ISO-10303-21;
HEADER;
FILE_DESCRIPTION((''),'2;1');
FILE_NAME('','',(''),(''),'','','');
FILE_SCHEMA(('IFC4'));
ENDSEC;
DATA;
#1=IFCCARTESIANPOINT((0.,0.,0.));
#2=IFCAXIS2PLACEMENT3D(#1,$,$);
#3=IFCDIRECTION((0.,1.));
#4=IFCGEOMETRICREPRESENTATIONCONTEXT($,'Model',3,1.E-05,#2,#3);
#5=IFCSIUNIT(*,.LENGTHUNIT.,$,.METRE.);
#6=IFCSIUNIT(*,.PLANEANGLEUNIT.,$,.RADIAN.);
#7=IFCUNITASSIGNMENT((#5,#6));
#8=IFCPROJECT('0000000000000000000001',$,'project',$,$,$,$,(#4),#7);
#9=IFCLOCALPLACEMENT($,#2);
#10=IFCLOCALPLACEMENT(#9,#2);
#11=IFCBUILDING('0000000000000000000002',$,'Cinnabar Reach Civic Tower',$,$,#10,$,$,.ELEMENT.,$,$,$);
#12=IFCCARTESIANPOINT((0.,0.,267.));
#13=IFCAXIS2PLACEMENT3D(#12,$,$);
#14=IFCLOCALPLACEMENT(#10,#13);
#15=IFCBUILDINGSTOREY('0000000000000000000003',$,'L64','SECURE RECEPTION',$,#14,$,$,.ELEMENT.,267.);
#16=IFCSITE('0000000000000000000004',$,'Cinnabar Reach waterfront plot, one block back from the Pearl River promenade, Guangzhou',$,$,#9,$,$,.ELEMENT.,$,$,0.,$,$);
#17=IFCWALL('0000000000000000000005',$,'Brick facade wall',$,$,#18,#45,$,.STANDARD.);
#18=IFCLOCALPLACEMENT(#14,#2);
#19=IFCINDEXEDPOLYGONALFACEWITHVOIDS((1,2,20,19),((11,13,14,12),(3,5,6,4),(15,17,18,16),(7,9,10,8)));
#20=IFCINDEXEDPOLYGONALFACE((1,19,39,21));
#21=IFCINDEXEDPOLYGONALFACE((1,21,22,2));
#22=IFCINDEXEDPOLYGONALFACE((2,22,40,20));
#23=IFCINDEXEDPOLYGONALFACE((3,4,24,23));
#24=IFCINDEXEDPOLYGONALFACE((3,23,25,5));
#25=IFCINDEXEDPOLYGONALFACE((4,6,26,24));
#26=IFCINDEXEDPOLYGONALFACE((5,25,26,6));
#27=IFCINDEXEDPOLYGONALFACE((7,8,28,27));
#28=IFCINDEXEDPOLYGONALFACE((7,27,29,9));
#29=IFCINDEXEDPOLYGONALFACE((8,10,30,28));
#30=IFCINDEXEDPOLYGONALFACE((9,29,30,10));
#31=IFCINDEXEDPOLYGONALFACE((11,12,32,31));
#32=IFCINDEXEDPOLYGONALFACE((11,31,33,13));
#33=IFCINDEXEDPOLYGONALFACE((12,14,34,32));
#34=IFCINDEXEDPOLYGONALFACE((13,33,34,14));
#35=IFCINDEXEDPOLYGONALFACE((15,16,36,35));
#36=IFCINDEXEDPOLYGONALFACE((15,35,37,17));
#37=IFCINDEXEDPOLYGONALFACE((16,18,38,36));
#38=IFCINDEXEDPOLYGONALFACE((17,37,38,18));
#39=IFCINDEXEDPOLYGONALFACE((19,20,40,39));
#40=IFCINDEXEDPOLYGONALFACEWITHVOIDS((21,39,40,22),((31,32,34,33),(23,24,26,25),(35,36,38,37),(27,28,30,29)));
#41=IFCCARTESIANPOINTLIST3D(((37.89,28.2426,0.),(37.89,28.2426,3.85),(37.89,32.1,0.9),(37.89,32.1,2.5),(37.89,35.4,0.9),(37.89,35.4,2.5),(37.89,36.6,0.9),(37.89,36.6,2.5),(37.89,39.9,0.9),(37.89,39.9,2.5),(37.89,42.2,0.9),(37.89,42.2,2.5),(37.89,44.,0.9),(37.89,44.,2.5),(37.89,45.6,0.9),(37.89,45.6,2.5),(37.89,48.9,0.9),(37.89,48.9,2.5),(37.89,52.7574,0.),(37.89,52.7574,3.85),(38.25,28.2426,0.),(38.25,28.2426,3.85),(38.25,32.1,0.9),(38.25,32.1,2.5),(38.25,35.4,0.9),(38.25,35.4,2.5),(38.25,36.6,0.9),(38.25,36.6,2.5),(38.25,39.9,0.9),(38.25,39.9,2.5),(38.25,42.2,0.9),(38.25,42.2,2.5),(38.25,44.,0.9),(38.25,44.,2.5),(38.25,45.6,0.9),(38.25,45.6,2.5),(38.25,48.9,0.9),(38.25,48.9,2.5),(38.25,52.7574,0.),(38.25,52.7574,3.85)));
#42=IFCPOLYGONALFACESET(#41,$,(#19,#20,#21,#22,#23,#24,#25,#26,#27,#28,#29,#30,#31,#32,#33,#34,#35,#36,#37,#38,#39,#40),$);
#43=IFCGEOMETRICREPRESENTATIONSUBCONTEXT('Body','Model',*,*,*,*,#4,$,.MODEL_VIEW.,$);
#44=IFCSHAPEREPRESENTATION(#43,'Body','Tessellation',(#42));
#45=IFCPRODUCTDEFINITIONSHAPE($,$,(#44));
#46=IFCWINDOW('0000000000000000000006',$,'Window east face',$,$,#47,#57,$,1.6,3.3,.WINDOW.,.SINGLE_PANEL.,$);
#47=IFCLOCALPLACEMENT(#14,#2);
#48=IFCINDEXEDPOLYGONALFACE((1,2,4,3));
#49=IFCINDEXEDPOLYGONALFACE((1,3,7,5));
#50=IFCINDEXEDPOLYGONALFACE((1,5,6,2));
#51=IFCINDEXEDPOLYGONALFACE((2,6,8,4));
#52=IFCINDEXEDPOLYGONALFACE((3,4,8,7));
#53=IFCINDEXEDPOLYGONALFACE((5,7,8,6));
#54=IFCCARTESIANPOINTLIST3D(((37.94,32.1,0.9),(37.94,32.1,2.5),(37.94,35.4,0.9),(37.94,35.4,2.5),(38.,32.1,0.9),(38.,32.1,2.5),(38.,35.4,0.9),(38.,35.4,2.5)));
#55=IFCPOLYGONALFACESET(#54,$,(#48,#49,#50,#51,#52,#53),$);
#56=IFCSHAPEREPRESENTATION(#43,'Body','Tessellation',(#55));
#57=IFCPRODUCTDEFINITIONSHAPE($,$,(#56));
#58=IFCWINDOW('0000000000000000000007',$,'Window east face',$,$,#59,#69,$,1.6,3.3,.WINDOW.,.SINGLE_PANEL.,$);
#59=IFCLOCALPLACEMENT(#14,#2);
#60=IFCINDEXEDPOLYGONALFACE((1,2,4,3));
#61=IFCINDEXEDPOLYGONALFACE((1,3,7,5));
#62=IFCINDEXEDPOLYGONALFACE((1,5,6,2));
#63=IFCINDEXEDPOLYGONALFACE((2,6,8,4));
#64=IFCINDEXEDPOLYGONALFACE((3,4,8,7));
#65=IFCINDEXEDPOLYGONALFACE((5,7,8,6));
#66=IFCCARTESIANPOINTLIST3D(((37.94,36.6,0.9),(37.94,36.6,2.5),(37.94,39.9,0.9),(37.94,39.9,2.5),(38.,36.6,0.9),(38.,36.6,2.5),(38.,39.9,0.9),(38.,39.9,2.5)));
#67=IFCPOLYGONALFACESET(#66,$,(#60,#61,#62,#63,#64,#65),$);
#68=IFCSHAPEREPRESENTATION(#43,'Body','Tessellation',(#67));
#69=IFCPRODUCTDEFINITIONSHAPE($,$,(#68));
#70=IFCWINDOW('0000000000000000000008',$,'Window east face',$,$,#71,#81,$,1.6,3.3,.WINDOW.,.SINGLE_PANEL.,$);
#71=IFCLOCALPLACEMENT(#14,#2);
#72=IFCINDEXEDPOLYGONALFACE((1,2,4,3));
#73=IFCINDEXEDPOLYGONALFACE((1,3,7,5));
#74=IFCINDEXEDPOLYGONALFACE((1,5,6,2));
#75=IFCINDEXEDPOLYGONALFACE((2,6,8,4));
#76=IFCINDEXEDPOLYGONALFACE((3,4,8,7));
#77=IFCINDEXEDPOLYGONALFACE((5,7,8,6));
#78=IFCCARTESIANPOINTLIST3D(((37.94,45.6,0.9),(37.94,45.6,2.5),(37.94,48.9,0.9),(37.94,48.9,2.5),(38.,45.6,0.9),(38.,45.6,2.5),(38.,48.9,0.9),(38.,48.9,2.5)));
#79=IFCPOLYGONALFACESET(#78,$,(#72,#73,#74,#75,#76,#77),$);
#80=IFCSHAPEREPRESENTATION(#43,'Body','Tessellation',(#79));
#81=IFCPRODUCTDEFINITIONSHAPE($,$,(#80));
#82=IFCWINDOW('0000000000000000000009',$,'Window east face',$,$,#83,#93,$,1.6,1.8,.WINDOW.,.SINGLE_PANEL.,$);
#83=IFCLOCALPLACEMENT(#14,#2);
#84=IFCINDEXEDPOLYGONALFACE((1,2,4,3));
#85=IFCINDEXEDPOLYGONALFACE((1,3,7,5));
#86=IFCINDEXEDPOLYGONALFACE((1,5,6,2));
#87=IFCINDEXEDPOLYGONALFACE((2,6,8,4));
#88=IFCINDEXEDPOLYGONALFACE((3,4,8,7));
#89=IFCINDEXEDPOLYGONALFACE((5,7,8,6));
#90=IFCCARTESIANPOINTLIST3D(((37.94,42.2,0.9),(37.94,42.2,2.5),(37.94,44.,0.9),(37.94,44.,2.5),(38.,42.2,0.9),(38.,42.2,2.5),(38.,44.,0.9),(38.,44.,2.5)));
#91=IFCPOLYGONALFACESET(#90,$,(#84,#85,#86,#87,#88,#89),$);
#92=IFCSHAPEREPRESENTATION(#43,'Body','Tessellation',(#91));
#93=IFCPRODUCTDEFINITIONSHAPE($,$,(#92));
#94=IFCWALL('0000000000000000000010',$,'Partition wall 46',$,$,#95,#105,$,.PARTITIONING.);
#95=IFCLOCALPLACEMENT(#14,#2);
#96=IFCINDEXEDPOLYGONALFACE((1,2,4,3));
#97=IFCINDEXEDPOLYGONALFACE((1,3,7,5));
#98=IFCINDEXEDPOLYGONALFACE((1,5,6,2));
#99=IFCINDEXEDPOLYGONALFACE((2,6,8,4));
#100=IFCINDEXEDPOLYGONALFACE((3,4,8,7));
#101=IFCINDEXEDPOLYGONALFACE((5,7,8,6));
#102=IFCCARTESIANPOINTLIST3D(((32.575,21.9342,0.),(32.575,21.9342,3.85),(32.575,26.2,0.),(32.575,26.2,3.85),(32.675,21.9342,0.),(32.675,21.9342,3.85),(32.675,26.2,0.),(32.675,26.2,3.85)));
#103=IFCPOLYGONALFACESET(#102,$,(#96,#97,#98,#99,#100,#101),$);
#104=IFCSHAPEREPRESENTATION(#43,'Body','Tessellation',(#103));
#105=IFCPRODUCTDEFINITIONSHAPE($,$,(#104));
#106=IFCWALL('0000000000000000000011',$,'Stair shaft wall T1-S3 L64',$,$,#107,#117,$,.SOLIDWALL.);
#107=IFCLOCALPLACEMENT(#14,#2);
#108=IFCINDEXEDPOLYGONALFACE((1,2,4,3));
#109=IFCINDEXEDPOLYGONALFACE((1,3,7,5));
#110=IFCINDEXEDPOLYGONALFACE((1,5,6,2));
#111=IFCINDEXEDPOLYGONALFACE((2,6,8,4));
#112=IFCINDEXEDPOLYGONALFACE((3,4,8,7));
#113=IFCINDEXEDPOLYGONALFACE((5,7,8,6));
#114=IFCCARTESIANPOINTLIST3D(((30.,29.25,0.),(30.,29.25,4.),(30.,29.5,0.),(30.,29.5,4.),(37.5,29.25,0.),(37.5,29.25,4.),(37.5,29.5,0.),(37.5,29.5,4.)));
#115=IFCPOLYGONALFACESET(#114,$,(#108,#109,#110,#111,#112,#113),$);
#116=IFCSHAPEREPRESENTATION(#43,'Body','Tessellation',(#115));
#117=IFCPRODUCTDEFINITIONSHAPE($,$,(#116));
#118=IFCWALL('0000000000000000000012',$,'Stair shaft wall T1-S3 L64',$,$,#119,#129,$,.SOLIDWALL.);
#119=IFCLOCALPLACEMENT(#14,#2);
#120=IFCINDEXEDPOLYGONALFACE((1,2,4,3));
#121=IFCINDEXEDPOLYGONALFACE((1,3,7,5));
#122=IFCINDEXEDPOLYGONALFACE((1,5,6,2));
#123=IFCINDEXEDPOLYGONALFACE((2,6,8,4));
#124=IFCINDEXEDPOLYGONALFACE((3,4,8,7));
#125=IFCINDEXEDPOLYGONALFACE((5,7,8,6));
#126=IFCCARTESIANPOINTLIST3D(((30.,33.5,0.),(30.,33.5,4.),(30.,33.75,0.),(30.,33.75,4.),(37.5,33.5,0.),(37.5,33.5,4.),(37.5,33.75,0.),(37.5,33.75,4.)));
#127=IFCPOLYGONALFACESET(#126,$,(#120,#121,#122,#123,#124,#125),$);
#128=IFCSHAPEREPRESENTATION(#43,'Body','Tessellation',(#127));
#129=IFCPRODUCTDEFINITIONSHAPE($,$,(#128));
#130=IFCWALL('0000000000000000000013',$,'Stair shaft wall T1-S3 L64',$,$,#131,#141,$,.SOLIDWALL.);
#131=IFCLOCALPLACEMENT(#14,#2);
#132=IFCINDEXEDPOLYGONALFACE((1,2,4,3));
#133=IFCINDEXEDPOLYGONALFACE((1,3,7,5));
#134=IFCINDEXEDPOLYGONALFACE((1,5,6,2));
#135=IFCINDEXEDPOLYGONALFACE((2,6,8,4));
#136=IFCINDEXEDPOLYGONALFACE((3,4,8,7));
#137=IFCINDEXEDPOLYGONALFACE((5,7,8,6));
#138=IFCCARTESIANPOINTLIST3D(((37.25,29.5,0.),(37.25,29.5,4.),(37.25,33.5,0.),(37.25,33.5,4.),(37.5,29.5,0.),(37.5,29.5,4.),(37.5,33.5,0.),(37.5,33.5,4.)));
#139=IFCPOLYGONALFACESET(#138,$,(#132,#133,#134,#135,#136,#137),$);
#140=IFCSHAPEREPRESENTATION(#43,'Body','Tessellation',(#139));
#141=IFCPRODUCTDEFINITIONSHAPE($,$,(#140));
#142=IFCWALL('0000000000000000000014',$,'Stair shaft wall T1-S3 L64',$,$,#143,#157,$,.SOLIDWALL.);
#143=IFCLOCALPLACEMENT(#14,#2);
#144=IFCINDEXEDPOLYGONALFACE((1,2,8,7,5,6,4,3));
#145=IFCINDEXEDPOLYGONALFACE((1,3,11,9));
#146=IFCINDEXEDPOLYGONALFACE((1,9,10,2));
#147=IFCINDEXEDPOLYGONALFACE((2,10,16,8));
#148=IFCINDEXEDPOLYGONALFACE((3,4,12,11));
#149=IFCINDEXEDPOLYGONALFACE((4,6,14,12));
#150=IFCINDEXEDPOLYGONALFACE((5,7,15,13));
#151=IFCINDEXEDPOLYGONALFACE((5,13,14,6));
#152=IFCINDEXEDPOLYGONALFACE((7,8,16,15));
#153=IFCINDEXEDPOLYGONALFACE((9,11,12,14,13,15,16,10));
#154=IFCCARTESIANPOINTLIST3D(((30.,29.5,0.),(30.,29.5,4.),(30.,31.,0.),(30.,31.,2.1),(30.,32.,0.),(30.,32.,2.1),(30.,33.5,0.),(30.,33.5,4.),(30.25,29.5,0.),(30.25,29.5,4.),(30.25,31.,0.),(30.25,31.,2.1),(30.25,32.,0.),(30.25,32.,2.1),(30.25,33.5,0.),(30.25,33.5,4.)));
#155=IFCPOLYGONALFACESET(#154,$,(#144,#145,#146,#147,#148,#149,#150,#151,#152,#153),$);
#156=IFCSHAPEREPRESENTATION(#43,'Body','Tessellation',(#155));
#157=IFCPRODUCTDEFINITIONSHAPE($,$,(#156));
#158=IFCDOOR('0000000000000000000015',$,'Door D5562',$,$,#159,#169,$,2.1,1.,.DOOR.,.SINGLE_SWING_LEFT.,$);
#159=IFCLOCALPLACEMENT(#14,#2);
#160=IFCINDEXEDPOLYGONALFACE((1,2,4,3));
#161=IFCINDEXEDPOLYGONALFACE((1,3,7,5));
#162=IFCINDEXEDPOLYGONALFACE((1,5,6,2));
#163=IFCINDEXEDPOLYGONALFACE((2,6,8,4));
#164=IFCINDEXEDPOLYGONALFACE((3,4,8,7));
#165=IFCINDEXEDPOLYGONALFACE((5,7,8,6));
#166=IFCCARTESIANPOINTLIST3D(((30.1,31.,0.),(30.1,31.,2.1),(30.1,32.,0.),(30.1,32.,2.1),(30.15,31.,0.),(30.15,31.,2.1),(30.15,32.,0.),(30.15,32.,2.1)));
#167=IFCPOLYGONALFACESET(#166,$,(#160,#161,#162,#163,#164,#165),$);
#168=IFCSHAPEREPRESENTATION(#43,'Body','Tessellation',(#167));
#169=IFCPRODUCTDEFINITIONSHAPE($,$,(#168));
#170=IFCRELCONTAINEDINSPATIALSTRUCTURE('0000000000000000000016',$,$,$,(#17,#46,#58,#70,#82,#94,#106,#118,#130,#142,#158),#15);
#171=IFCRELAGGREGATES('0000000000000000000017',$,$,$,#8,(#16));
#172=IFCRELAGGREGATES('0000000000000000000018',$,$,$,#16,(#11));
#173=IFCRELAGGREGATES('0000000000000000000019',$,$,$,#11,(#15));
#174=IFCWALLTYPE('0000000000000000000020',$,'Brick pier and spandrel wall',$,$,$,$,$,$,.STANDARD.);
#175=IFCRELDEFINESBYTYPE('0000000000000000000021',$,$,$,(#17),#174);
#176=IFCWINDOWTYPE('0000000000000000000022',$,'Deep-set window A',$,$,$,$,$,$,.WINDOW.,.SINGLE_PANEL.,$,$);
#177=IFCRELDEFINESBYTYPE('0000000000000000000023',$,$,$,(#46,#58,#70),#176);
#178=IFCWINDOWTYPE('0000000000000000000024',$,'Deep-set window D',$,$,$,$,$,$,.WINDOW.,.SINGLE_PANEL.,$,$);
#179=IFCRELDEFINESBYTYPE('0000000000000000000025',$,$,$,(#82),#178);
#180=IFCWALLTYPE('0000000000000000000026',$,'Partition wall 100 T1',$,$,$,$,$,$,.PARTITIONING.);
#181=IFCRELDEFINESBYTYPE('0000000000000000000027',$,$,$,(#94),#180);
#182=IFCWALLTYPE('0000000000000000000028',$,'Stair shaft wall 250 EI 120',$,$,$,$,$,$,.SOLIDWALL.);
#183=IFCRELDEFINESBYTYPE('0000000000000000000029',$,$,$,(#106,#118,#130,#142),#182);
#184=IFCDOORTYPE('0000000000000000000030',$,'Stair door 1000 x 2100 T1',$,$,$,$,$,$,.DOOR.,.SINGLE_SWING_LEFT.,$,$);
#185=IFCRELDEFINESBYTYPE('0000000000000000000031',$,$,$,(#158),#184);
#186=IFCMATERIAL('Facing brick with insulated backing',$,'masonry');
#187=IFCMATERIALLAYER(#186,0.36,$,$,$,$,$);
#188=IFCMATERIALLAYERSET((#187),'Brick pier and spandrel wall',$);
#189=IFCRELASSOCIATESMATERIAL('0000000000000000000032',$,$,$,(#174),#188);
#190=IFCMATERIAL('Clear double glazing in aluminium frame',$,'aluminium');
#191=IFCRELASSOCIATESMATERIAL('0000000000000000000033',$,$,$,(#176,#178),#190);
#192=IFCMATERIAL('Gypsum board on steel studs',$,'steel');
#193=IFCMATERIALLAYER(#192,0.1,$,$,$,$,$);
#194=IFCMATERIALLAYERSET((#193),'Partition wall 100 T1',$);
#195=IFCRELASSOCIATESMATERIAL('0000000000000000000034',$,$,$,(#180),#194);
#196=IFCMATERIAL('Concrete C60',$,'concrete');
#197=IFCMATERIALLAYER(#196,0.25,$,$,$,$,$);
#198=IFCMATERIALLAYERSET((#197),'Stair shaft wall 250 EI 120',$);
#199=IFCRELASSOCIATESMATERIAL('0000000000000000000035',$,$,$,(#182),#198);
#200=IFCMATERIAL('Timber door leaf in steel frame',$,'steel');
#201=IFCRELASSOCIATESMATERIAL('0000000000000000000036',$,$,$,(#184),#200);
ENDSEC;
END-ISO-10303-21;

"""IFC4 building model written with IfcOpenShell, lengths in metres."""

from ifc_helpers import new_model, si_unit, direction, frame, frame_2d, origin, place, context, subcontext, project, spatial, rectangle, extrude, material, layer, layer_set, type_object, element, fill, save


model = new_model("IFC4")

# Units and contexts
model_context = context("Model", 3, precision=1e-05, world=origin(), true_north=direction((0.0, 1.0)))
body_context = subcontext(model_context, "Body", "Model", "MODEL_VIEW")
ifc_project = project(units=[si_unit("LENGTHUNIT", "METRE"), si_unit("PLANEANGLEUNIT", "RADIAN")], contexts=[model_context])

# Site, building, storey
site_placement = place(None, origin())
site = spatial("IfcSite", under=ifc_project, at=site_placement, Name="Cinnabar Reach waterfront plot, one block back from the Pearl River promenade, Guangzhou", CompositionType="ELEMENT", RefElevation=0.0)
building_placement = place(site_placement, origin())
building = spatial("IfcBuilding", under=site, at=building_placement, Name="Cinnabar Reach Civic Tower", CompositionType="ELEMENT")
storey_placement = place(building_placement, frame((0.0, 0.0, 267.0)))
storey = spatial("IfcBuildingStorey", under=building, at=storey_placement, Name="L64", Description="SECURE RECEPTION", CompositionType="ELEMENT", Elevation=267.0)

# Shared definitions
ifc_material_1 = material(Name="Concrete C60", Category="concrete")

# Shared definitions
ifc_material_2 = material(Name="Facing brick with insulated backing", Category="masonry")

# Shared definitions
ifc_layer_1 = layer(ifc_material_2, 0.36)
ifc_layer_set_1 = layer_set([ifc_layer_1], Name="Brick pier and spandrel wall")
wall_type_1 = type_object("IfcWallType", Name="Brick pier and spandrel wall", PredefinedType="STANDARD", material=ifc_layer_set_1)
ifc_material_3 = material(Name="Clear double glazing in aluminium frame", Category="aluminium")
window_type_1 = type_object("IfcWindowType", Name="Deep-set window A", PartitioningType="SINGLE_PANEL", PredefinedType="WINDOW", material=ifc_material_3)

# Wall, openings, windows
wall_1_placement = place(storey_placement, frame((38.07, 28.2426, 0.0), z_axis=(0.0, 0.0, 1.0), x_axis=(0.0, 1.0, 0.0)))
wall_1 = element("IfcWall", 1, at=wall_1_placement, inside=storey, type_object=wall_type_1, Name="Brick facade wall", PredefinedType="STANDARD", context=body_context, shape_type="SweptSolid", body=[
    extrude(rectangle(XDim=24.5148, YDim=0.36, at=frame_2d((12.2574, 0.0))), origin(), (0.0, 0.0, 1.0), 3.85),
])
opening_1_placement = place(wall_1_placement, frame((3.8574, 0.0, 0.9)))
opening_1 = element("IfcOpeningElement", 2, at=opening_1_placement, cuts=wall_1, PredefinedType="OPENING", context=body_context, shape_type="SweptSolid", body=[
    extrude(rectangle(XDim=3.3, YDim=1.6, at=frame_2d((1.65, 0.8))), frame((0.0, 0.19, 0.0), z_axis=(0.0, -1.0, 0.0), x_axis=(1.0, 0.0, 0.0)), (0.0, 0.0, 1.0), 0.38),
])
opening_2_placement = place(wall_1_placement, frame((8.3574, 0.0, 0.9)))
opening_2 = element("IfcOpeningElement", 3, at=opening_2_placement, cuts=wall_1, PredefinedType="OPENING", context=body_context, shape_type="SweptSolid", body=[
    extrude(rectangle(XDim=3.3, YDim=1.6, at=frame_2d((1.65, 0.8))), frame((0.0, 0.19, 0.0), z_axis=(0.0, -1.0, 0.0), x_axis=(1.0, 0.0, 0.0)), (0.0, 0.0, 1.0), 0.38),
])
opening_3_placement = place(wall_1_placement, frame((13.9574, 0.0, 0.9)))
opening_3 = element("IfcOpeningElement", 4, at=opening_3_placement, cuts=wall_1, PredefinedType="OPENING", context=body_context, shape_type="SweptSolid", body=[
    extrude(rectangle(XDim=1.8, YDim=1.6, at=frame_2d((0.9, 0.8))), frame((0.0, 0.19, 0.0), z_axis=(0.0, -1.0, 0.0), x_axis=(1.0, 0.0, 0.0)), (0.0, 0.0, 1.0), 0.38),
])
opening_4_placement = place(wall_1_placement, frame((17.3574, 0.0, 0.9)))
opening_4 = element("IfcOpeningElement", 5, at=opening_4_placement, cuts=wall_1, PredefinedType="OPENING", context=body_context, shape_type="SweptSolid", body=[
    extrude(rectangle(XDim=3.3, YDim=1.6, at=frame_2d((1.65, 0.8))), frame((0.0, 0.19, 0.0), z_axis=(0.0, -1.0, 0.0), x_axis=(1.0, 0.0, 0.0)), (0.0, 0.0, 1.0), 0.38),
])
window_1_placement = place(opening_1_placement, origin())
window_1 = element("IfcWindow", 6, at=window_1_placement, inside=storey, type_object=window_type_1, Name="Window east face", OverallHeight=1.6, OverallWidth=3.3, PartitioningType="SINGLE_PANEL", PredefinedType="WINDOW", context=body_context, shape_type="SweptSolid", body=[
    extrude(rectangle(XDim=3.3, YDim=1.6, at=frame_2d((1.65, 0.8))), frame((0.0, 0.13, 0.0), z_axis=(0.0, -1.0, 0.0), x_axis=(1.0, 0.0, 0.0)), (0.0, 0.0, 1.0), 0.06),
])
fill(opening_1, window_1)
window_2_placement = place(opening_2_placement, origin())
window_2 = element("IfcWindow", 7, at=window_2_placement, inside=storey, type_object=window_type_1, Name="Window east face", OverallHeight=1.6, OverallWidth=3.3, PartitioningType="SINGLE_PANEL", PredefinedType="WINDOW", context=body_context, shape_type="SweptSolid", body=[
    extrude(rectangle(XDim=3.3, YDim=1.6, at=frame_2d((1.65, 0.8))), frame((0.0, 0.13, 0.0), z_axis=(0.0, -1.0, 0.0), x_axis=(1.0, 0.0, 0.0)), (0.0, 0.0, 1.0), 0.06),
])
fill(opening_2, window_2)
window_3_placement = place(opening_4_placement, origin())
window_3 = element("IfcWindow", 8, at=window_3_placement, inside=storey, type_object=window_type_1, Name="Window east face", OverallHeight=1.6, OverallWidth=3.3, PartitioningType="SINGLE_PANEL", PredefinedType="WINDOW", context=body_context, shape_type="SweptSolid", body=[
    extrude(rectangle(XDim=3.3, YDim=1.6, at=frame_2d((1.65, 0.8))), frame((0.0, 0.13, 0.0), z_axis=(0.0, -1.0, 0.0), x_axis=(1.0, 0.0, 0.0)), (0.0, 0.0, 1.0), 0.06),
])
fill(opening_4, window_3)
window_type_2 = type_object("IfcWindowType", Name="Deep-set window D", PartitioningType="SINGLE_PANEL", PredefinedType="WINDOW", material=ifc_material_3)
window_4_placement = place(opening_3_placement, origin())
window_4 = element("IfcWindow", 9, at=window_4_placement, inside=storey, type_object=window_type_2, Name="Window east face", OverallHeight=1.6, OverallWidth=1.8, PartitioningType="SINGLE_PANEL", PredefinedType="WINDOW", context=body_context, shape_type="SweptSolid", body=[
    extrude(rectangle(XDim=1.8, YDim=1.6, at=frame_2d((0.9, 0.8))), frame((0.0, 0.13, 0.0), z_axis=(0.0, -1.0, 0.0), x_axis=(1.0, 0.0, 0.0)), (0.0, 0.0, 1.0), 0.06),
])
fill(opening_3, window_4)

# Walls
ifc_material_4 = material(Name="Gypsum board on steel studs", Category="steel")
ifc_layer_2 = layer(ifc_material_4, 0.1)
ifc_layer_set_2 = layer_set([ifc_layer_2], Name="Partition wall 100 T1")
wall_type_2 = type_object("IfcWallType", Name="Partition wall 100 T1", PredefinedType="PARTITIONING", material=ifc_layer_set_2)
wall_2_placement = place(storey_placement, frame((32.625, 21.9341, 0.0), z_axis=(0.0, 0.0, 1.0), x_axis=(0.0, 1.0, 0.0)))
element("IfcWall", 10, at=wall_2_placement, inside=storey, type_object=wall_type_2, Name="Partition wall 46", PredefinedType="PARTITIONING", context=body_context, shape_type="SweptSolid", body=[
    extrude(rectangle(XDim=4.2659, YDim=0.1, at=frame_2d((2.133, 0.0))), origin(), (0.0, 0.0, 1.0), 3.85),
])
ifc_layer_3 = layer(ifc_material_1, 0.25)
ifc_layer_set_3 = layer_set([ifc_layer_3], Name="Stair shaft wall 250 EI 120")
wall_type_3 = type_object("IfcWallType", Name="Stair shaft wall 250 EI 120", PredefinedType="SOLIDWALL", material=ifc_layer_set_3)
for number, where, z_axis, x_axis, name in (
    (11, (30.0, 29.375, 0.0), (0.0, 0.0, 1.0), (1.0, 0.0, 0.0), "Stair shaft wall T1-S3 L64"),
    (12, (37.5, 33.625, 0.0), (0.0, 0.0, 1.0), (-1.0, 0.0, 0.0), "Stair shaft wall T1-S3 L64"),
):
    element("IfcWall", number, at=place(storey_placement, frame(where, z_axis=z_axis, x_axis=x_axis)), inside=storey, type_object=wall_type_3, Name=name, PredefinedType="SOLIDWALL", context=body_context, shape_type="SweptSolid", body=[
        extrude(rectangle(XDim=7.5, YDim=0.25, at=frame_2d((3.75, 0.0))), origin(), (0.0, 0.0, 1.0), 4.0),
    ])
wall_3_placement = place(storey_placement, frame((37.375, 29.5, 0.0), z_axis=(0.0, 0.0, 1.0), x_axis=(0.0, 1.0, 0.0)))
element("IfcWall", 13, at=wall_3_placement, inside=storey, type_object=wall_type_3, Name="Stair shaft wall T1-S3 L64", PredefinedType="SOLIDWALL", context=body_context, shape_type="SweptSolid", body=[
    extrude(rectangle(XDim=4.0, YDim=0.25, at=frame_2d((2.0, 0.0))), origin(), (0.0, 0.0, 1.0), 4.0),
])

# Wall, opening, door
wall_4_placement = place(storey_placement, frame((30.125, 33.5, 0.0), z_axis=(0.0, 0.0, 1.0), x_axis=(0.0, -1.0, 0.0)))
wall_4 = element("IfcWall", 14, at=wall_4_placement, inside=storey, type_object=wall_type_3, Name="Stair shaft wall T1-S3 L64", PredefinedType="SOLIDWALL", context=body_context, shape_type="SweptSolid", body=[
    extrude(rectangle(XDim=4.0, YDim=0.25, at=frame_2d((2.0, 0.0))), origin(), (0.0, 0.0, 1.0), 4.0),
])
opening_5_placement = place(wall_4_placement, frame((1.5, 0.0, 0.0)))
opening_5 = element("IfcOpeningElement", 15, at=opening_5_placement, cuts=wall_4, PredefinedType="OPENING", context=body_context, shape_type="SweptSolid", body=[
    extrude(rectangle(XDim=1.0, YDim=2.1, at=frame_2d((0.5, 1.05))), frame((0.0, 0.135, 0.0), z_axis=(0.0, -1.0, 0.0), x_axis=(1.0, 0.0, 0.0)), (0.0, 0.0, 1.0), 0.27),
])
ifc_material_5 = material(Name="Timber door leaf in steel frame", Category="steel")
door_type = type_object("IfcDoorType", Name="Stair door 1000 x 2100 T1", OperationType="SINGLE_SWING_LEFT", PredefinedType="DOOR", material=ifc_material_5)
door_placement = place(opening_5_placement, origin())
door = element("IfcDoor", 16, at=door_placement, inside=storey, type_object=door_type, Name="Door D5562", OperationType="SINGLE_SWING_LEFT", OverallHeight=2.1, OverallWidth=1.0, PredefinedType="DOOR", context=body_context, shape_type="SweptSolid", body=[
    extrude(rectangle(XDim=1.0, YDim=2.1, at=frame_2d((0.5, 1.05))), frame((0.0, 0.025, 0.0), z_axis=(0.0, -1.0, 0.0), x_axis=(1.0, 0.0, 0.0)), (0.0, 0.0, 1.0), 0.05),
])
fill(opening_5, door)

save(model, "model.ifc")
